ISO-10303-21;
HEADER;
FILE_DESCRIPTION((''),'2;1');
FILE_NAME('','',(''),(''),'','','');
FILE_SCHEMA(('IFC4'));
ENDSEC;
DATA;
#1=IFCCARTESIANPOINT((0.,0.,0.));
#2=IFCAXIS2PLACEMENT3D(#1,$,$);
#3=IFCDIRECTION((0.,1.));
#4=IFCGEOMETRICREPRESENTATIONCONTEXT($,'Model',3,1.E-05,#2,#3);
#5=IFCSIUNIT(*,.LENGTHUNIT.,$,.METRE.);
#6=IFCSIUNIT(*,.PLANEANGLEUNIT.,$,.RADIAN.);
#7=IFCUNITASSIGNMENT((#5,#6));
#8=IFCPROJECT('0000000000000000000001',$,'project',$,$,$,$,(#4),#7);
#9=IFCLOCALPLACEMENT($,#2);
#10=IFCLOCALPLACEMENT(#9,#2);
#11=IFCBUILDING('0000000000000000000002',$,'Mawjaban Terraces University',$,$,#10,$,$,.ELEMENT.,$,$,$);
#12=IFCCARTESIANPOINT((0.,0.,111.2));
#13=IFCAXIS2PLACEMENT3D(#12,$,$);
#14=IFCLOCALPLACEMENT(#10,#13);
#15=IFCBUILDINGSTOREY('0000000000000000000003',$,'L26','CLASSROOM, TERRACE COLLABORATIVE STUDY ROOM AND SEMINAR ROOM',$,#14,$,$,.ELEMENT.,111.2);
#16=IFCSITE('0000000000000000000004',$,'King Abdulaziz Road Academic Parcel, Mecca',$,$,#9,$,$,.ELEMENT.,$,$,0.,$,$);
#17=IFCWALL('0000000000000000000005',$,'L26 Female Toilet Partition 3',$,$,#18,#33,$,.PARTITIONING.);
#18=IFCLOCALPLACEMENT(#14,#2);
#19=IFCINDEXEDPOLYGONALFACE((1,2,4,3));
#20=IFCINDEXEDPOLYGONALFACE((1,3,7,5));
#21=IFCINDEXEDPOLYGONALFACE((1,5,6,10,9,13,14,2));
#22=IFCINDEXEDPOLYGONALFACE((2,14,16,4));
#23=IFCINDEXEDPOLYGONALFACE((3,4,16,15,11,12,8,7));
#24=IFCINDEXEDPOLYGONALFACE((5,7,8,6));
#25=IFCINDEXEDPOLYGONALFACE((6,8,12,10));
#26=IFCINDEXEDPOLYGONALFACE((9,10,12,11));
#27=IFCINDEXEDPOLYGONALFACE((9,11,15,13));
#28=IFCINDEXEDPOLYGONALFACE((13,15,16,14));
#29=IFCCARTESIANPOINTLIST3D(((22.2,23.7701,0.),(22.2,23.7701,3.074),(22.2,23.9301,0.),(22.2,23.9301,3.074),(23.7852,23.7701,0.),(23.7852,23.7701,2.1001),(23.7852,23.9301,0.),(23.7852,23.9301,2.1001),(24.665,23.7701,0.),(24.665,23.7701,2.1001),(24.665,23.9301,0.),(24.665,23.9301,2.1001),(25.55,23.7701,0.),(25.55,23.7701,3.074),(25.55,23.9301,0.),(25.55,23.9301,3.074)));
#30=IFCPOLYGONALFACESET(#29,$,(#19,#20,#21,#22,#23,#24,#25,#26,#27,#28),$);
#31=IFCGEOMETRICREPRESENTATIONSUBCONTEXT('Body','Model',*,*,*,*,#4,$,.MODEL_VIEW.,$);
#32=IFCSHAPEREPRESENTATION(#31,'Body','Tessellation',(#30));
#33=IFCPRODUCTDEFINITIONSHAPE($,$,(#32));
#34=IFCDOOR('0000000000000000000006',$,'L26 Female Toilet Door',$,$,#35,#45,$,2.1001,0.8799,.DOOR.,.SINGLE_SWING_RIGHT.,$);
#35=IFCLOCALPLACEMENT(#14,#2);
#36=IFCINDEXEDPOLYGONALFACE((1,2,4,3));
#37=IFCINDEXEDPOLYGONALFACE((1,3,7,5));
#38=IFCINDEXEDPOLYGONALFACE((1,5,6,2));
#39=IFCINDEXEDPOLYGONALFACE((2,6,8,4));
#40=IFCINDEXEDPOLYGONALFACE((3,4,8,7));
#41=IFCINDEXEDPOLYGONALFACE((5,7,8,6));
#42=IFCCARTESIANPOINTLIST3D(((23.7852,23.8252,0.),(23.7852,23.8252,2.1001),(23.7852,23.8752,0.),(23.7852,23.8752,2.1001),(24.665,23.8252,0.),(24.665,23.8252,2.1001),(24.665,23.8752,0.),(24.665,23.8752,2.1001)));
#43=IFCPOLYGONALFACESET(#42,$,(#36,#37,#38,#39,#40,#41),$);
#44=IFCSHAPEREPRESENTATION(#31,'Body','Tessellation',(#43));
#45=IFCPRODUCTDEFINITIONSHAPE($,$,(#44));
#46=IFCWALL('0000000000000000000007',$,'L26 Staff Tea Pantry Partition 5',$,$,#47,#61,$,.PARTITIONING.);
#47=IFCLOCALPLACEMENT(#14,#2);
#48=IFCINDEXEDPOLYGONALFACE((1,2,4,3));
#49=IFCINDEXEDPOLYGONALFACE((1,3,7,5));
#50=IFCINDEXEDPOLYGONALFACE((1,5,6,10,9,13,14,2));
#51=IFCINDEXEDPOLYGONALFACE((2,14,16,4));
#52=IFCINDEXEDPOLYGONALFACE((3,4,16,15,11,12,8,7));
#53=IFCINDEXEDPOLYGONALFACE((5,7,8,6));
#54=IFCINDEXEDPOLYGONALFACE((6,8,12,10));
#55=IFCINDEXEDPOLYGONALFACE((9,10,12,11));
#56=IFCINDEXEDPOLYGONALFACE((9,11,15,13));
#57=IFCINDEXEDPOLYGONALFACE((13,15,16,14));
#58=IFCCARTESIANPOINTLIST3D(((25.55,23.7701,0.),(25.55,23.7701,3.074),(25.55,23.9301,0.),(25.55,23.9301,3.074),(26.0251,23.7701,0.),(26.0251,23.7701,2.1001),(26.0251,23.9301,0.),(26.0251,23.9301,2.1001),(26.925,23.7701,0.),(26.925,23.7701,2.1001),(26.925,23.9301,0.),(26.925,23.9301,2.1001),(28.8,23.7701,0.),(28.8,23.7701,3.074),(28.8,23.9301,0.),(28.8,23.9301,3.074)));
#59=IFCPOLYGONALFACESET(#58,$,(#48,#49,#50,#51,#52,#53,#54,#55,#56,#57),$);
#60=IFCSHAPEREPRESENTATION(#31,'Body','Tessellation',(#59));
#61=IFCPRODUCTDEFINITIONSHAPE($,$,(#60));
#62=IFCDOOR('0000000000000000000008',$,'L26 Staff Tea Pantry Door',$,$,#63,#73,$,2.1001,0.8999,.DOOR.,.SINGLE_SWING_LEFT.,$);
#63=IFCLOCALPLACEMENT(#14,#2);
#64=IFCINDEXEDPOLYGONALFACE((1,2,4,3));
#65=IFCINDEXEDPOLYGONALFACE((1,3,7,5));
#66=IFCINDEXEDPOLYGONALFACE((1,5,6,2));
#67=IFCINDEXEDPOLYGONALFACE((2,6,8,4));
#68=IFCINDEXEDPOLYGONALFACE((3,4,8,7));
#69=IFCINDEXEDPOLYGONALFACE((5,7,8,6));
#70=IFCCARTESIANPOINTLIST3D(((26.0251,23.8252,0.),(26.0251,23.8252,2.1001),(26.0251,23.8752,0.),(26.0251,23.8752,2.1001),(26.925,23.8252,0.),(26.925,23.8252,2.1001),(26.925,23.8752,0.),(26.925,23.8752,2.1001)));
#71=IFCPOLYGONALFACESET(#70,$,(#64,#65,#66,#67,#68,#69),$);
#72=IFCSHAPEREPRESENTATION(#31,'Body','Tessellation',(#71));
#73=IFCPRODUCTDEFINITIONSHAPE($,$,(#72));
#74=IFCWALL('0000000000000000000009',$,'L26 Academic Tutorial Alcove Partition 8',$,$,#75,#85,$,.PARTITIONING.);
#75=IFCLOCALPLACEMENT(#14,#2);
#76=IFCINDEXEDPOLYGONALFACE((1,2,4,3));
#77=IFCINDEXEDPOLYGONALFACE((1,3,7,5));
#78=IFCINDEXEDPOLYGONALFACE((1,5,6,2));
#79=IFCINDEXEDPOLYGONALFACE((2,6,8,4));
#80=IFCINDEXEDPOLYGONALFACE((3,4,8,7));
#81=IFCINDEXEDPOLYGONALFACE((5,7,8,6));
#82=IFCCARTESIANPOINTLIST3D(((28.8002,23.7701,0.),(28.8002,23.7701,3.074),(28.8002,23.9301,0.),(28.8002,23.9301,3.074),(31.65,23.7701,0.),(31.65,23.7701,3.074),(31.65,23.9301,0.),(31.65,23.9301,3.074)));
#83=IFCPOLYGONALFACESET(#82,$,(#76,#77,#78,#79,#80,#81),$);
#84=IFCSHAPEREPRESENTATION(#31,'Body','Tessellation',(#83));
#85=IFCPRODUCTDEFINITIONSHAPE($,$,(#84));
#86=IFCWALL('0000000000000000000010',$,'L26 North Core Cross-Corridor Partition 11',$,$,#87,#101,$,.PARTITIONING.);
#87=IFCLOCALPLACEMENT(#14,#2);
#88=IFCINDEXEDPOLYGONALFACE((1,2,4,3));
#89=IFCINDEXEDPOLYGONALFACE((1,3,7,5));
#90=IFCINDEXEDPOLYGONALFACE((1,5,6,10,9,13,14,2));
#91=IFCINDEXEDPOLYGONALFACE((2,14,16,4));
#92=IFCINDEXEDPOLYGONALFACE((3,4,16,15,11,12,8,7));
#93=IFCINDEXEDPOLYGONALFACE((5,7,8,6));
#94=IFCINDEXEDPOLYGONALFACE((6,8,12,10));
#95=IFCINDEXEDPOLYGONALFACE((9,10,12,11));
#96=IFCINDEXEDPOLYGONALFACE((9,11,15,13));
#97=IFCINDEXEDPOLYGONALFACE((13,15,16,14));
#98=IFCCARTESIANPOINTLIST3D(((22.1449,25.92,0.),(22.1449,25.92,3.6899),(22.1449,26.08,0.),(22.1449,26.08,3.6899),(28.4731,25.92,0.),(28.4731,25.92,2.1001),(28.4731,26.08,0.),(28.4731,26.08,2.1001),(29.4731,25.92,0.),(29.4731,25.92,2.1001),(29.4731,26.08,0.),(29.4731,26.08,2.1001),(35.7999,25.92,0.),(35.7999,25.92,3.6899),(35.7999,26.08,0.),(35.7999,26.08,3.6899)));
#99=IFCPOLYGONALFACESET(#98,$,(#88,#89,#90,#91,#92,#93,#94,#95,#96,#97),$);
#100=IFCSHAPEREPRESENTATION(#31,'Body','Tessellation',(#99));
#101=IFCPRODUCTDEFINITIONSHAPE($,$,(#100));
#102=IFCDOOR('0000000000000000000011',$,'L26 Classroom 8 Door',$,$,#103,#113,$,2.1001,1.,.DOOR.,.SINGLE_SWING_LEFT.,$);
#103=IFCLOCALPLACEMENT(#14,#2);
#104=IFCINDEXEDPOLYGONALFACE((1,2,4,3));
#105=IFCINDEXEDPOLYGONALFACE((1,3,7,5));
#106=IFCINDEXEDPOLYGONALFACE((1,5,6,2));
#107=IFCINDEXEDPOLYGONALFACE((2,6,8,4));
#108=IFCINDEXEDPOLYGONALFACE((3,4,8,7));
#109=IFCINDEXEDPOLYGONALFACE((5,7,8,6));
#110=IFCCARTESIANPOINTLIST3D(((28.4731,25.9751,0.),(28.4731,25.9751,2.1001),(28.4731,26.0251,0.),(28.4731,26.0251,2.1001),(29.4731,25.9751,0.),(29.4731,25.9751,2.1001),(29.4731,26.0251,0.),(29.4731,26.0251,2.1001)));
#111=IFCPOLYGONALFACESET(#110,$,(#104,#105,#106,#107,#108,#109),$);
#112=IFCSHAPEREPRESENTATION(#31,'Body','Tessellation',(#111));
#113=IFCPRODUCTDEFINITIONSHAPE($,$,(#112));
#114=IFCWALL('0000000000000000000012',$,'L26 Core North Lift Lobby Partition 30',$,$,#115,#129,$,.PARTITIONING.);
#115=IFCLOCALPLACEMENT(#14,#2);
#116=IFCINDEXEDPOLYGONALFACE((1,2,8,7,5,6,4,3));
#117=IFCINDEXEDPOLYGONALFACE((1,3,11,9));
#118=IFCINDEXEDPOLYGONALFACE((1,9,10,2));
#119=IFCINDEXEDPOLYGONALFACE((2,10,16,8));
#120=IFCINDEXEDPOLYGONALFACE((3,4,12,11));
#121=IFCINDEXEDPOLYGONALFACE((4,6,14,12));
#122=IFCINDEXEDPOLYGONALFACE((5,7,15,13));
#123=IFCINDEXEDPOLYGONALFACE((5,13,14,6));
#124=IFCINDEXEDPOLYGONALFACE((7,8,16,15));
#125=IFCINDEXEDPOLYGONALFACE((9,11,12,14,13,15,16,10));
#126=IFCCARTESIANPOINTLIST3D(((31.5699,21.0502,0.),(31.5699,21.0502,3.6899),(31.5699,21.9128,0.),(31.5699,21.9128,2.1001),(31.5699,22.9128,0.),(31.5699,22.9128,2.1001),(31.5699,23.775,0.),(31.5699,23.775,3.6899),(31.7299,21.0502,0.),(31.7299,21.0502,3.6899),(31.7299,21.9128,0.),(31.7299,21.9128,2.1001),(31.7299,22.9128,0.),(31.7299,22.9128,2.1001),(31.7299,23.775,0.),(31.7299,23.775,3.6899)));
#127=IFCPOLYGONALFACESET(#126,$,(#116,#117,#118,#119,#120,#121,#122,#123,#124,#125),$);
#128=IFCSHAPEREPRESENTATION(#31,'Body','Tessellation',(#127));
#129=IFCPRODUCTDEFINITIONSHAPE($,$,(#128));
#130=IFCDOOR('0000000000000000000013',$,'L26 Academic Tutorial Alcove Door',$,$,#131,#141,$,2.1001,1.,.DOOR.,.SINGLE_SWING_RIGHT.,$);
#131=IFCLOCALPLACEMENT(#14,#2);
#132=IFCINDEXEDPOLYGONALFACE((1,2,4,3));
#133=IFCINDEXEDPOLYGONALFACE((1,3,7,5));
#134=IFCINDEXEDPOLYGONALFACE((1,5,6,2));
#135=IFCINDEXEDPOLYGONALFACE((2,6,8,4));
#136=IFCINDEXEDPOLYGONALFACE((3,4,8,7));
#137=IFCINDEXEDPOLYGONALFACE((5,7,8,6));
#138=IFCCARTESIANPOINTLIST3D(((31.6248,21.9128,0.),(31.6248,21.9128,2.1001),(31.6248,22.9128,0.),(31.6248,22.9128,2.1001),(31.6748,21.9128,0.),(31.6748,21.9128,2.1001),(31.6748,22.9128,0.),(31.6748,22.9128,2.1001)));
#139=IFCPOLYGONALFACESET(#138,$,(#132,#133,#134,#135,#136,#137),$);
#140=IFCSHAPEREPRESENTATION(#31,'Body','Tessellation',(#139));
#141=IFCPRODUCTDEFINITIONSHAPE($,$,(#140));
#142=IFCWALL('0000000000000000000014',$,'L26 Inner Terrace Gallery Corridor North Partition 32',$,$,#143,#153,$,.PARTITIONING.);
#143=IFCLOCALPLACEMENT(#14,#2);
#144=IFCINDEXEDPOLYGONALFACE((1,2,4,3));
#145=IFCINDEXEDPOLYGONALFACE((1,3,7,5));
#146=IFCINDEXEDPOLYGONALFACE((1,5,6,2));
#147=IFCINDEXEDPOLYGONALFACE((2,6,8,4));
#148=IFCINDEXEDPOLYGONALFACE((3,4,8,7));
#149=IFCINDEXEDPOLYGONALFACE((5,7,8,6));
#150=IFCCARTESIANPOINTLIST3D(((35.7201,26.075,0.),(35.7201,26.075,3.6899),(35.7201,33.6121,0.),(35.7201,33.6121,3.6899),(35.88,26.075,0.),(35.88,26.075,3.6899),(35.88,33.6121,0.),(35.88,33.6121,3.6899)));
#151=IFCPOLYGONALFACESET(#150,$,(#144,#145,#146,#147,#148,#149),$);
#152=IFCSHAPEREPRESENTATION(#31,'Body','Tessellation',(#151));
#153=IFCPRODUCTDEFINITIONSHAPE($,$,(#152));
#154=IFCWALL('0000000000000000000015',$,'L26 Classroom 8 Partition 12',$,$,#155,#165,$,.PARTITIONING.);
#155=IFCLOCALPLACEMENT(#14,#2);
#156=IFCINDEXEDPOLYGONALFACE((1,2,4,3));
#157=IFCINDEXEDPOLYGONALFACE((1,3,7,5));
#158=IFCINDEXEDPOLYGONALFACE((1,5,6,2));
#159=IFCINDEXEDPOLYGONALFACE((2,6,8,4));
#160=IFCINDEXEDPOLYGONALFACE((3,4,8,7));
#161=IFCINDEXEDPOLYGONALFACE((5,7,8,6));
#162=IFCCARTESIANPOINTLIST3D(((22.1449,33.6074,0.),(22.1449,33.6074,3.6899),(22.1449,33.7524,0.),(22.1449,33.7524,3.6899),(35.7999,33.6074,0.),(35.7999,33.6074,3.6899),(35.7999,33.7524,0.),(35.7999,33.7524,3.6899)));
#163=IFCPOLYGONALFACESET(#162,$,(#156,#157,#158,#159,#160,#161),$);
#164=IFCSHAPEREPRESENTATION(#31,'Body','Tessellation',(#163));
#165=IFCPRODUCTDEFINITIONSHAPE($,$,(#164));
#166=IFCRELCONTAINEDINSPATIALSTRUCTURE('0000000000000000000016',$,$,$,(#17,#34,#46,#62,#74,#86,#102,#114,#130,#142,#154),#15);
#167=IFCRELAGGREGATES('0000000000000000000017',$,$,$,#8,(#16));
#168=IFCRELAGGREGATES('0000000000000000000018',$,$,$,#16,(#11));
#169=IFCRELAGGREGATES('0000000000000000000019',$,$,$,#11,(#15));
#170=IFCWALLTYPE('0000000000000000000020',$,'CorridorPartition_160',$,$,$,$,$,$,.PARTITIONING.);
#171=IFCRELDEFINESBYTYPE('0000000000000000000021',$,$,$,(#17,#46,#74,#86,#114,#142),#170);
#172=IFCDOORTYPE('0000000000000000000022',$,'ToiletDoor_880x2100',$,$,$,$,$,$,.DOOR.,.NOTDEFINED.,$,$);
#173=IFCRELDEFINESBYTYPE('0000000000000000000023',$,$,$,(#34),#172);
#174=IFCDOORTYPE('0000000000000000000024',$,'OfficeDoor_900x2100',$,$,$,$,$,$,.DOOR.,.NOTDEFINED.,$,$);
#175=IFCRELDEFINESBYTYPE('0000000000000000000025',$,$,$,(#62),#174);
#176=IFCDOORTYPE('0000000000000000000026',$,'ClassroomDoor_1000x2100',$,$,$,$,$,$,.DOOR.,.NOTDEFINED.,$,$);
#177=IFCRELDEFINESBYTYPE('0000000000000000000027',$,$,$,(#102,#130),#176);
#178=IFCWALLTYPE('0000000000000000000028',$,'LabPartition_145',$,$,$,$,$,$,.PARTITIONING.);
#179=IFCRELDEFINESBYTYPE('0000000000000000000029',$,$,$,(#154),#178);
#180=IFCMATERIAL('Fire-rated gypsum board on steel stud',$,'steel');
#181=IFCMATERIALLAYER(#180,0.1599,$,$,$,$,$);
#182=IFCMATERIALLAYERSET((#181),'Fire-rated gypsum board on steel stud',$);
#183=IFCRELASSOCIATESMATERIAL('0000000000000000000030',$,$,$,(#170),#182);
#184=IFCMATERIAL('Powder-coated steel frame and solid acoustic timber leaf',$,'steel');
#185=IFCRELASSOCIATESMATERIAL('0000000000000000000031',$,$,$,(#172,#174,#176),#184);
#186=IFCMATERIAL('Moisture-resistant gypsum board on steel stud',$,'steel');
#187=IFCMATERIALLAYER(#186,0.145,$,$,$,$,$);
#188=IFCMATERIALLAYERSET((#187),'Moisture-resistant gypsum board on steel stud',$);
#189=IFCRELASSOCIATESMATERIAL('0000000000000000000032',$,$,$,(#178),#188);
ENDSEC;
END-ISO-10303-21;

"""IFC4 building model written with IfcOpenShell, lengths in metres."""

from ifc_helpers import new_model, si_unit, direction, frame, frame_2d, origin, place, context, subcontext, project, spatial, rectangle, extrude, material, layer, layer_set, type_object, element, fill, save


model = new_model("IFC4")

# Units and contexts
model_context = context("Model", 3, precision=1e-05, world=origin(), true_north=direction((0.0, 1.0)))
body_context = subcontext(model_context, "Body", "Model", "MODEL_VIEW")
ifc_project = project(units=[si_unit("LENGTHUNIT", "METRE"), si_unit("PLANEANGLEUNIT", "RADIAN")], contexts=[model_context])

# Site, building, storey
site_placement = place(None, origin())
site = spatial("IfcSite", under=ifc_project, at=site_placement, Name="King Abdulaziz Road Academic Parcel, Mecca", CompositionType="ELEMENT", RefElevation=0.0)
building_placement = place(site_placement, origin())
building = spatial("IfcBuilding", under=site, at=building_placement, Name="Mawjaban Terraces University", CompositionType="ELEMENT")
storey_placement = place(building_placement, frame((0.0, 0.0, 111.2)))
storey = spatial("IfcBuildingStorey", under=building, at=storey_placement, Name="L26", Description="CLASSROOM, TERRACE COLLABORATIVE STUDY ROOM AND SEMINAR ROOM", CompositionType="ELEMENT", Elevation=111.2)

# Walls, openings, doors
ifc_material_1 = material(Name="Fire-rated gypsum board on steel stud", Category="steel")
ifc_layer_1 = layer(ifc_material_1, 0.1599)
ifc_layer_set_1 = layer_set([ifc_layer_1], Name="Fire-rated gypsum board on steel stud")
wall_type_1 = type_object("IfcWallType", Name="CorridorPartition_160", PredefinedType="PARTITIONING", material=ifc_layer_set_1)
wall_1_placement = place(storey_placement, frame((25.55, 23.8501, 0.0), z_axis=(0.0, 0.0, 1.0), x_axis=(-1.0, 0.0, 0.0)))
wall_1 = element("IfcWall", 1, at=wall_1_placement, inside=storey, type_object=wall_type_1, Name="L26 Female Toilet Partition 3", PredefinedType="PARTITIONING", context=body_context, shape_type="SweptSolid", body=[
    extrude(rectangle(XDim=3.3501, YDim=0.1599, at=frame_2d((1.675, 0.0))), origin(), (0.0, 0.0, 1.0), 3.074),
])
opening_1_placement = place(wall_1_placement, frame((0.885, 0.0, 0.0)))
opening_1 = element("IfcOpeningElement", 2, at=opening_1_placement, cuts=wall_1, PredefinedType="OPENING", context=body_context, shape_type="SweptSolid", body=[
    extrude(rectangle(XDim=0.8799, YDim=2.1001, at=frame_2d((0.4399, 1.05))), frame((0.0, 0.0898, 0.0), z_axis=(0.0, -1.0, 0.0), x_axis=(1.0, 0.0, 0.0)), (0.0, 0.0, 1.0), 0.1799),
])
ifc_material_2 = material(Name="Powder-coated steel frame and solid acoustic timber leaf", Category="steel")
door_type_1 = type_object("IfcDoorType", Name="ToiletDoor_880x2100", OperationType="NOTDEFINED", PredefinedType="DOOR", material=ifc_material_2)
door_1_placement = place(opening_1_placement, origin())
door_1 = element("IfcDoor", 3, at=door_1_placement, inside=storey, type_object=door_type_1, Name="L26 Female Toilet Door", OperationType="SINGLE_SWING_RIGHT", OverallHeight=2.1001, OverallWidth=0.8799, PredefinedType="DOOR", context=body_context, shape_type="SweptSolid", body=[
    extrude(rectangle(XDim=0.8799, YDim=2.1001, at=frame_2d((0.4399, 1.05))), frame((0.0, 0.0249, 0.0), z_axis=(0.0, -1.0, 0.0), x_axis=(1.0, 0.0, 0.0)), (0.0, 0.0, 1.0), 0.05),
])
fill(opening_1, door_1)
wall_2_placement = place(storey_placement, frame((28.8, 23.8501, 0.0), z_axis=(0.0, 0.0, 1.0), x_axis=(-1.0, 0.0, 0.0)))
wall_2 = element("IfcWall", 4, at=wall_2_placement, inside=storey, type_object=wall_type_1, Name="L26 Staff Tea Pantry Partition 5", PredefinedType="PARTITIONING", context=body_context, shape_type="SweptSolid", body=[
    extrude(rectangle(XDim=3.25, YDim=0.1599, at=frame_2d((1.625, 0.0))), origin(), (0.0, 0.0, 1.0), 3.074),
])
opening_2_placement = place(wall_2_placement, frame((1.875, 0.0, 0.0)))
opening_2 = element("IfcOpeningElement", 5, at=opening_2_placement, cuts=wall_2, PredefinedType="OPENING", context=body_context, shape_type="SweptSolid", body=[
    extrude(rectangle(XDim=0.8999, YDim=2.1001, at=frame_2d((0.45, 1.05))), frame((0.0, 0.0898, 0.0), z_axis=(0.0, -1.0, 0.0), x_axis=(1.0, 0.0, 0.0)), (0.0, 0.0, 1.0), 0.1799),
])
door_type_2 = type_object("IfcDoorType", Name="OfficeDoor_900x2100", OperationType="NOTDEFINED", PredefinedType="DOOR", material=ifc_material_2)
door_2_placement = place(opening_2_placement, origin())
door_2 = element("IfcDoor", 6, at=door_2_placement, inside=storey, type_object=door_type_2, Name="L26 Staff Tea Pantry Door", OperationType="SINGLE_SWING_LEFT", OverallHeight=2.1001, OverallWidth=0.8999, PredefinedType="DOOR", context=body_context, shape_type="SweptSolid", body=[
    extrude(rectangle(XDim=0.8999, YDim=2.1001, at=frame_2d((0.45, 1.05))), frame((0.0, 0.0249, 0.0), z_axis=(0.0, -1.0, 0.0), x_axis=(1.0, 0.0, 0.0)), (0.0, 0.0, 1.0), 0.05),
])
fill(opening_2, door_2)

# Wall
wall_3_placement = place(storey_placement, frame((31.6499, 23.8501, 0.0), z_axis=(0.0, 0.0, 1.0), x_axis=(-1.0, 0.0, 0.0)))
element("IfcWall", 7, at=wall_3_placement, inside=storey, type_object=wall_type_1, Name="L26 Academic Tutorial Alcove Partition 8", PredefinedType="PARTITIONING", context=body_context, shape_type="SweptSolid", body=[
    extrude(rectangle(XDim=2.8499, YDim=0.1599, at=frame_2d((1.4248, 0.0))), origin(), (0.0, 0.0, 1.0), 3.074),
])

# Walls, openings, doors
wall_4_placement = place(storey_placement, frame((35.8, 26.0, 0.0), z_axis=(0.0, 0.0, 1.0), x_axis=(-1.0, 0.0, 0.0)))
wall_4 = element("IfcWall", 8, at=wall_4_placement, inside=storey, type_object=wall_type_1, Name="L26 North Core Cross-Corridor Partition 11", PredefinedType="PARTITIONING", context=body_context, shape_type="SweptSolid", body=[
    extrude(rectangle(XDim=13.655, YDim=0.1599, at=frame_2d((6.8276, 0.0))), origin(), (0.0, 0.0, 1.0), 3.6899),
])
opening_3_placement = place(wall_4_placement, frame((6.3269, 0.0, 0.0)))
opening_3 = element("IfcOpeningElement", 9, at=opening_3_placement, cuts=wall_4, PredefinedType="OPENING", context=body_context, shape_type="SweptSolid", body=[
    extrude(rectangle(XDim=1.0, YDim=2.1001, at=frame_2d((0.5, 1.05))), frame((0.0, 0.0898, 0.0), z_axis=(0.0, -1.0, 0.0), x_axis=(1.0, 0.0, 0.0)), (0.0, 0.0, 1.0), 0.1799),
])
door_type_3 = type_object("IfcDoorType", Name="ClassroomDoor_1000x2100", OperationType="NOTDEFINED", PredefinedType="DOOR", material=ifc_material_2)
door_3_placement = place(opening_3_placement, origin())
door_3 = element("IfcDoor", 10, at=door_3_placement, inside=storey, type_object=door_type_3, Name="L26 Classroom 8 Door", OperationType="SINGLE_SWING_LEFT", OverallHeight=2.1001, OverallWidth=1.0, PredefinedType="DOOR", context=body_context, shape_type="SweptSolid", body=[
    extrude(rectangle(XDim=1.0, YDim=2.1001, at=frame_2d((0.5, 1.05))), frame((0.0, 0.0249, 0.0), z_axis=(0.0, -1.0, 0.0), x_axis=(1.0, 0.0, 0.0)), (0.0, 0.0, 1.0), 0.05),
])
fill(opening_3, door_3)
wall_5_placement = place(storey_placement, frame((31.6499, 23.7749, 0.0), z_axis=(0.0, 0.0, 1.0), x_axis=(0.0, -1.0, 0.0)))
wall_5 = element("IfcWall", 11, at=wall_5_placement, inside=storey, type_object=wall_type_1, Name="L26 Core North Lift Lobby Partition 30", PredefinedType="PARTITIONING", context=body_context, shape_type="SweptSolid", body=[
    extrude(rectangle(XDim=2.7249, YDim=0.1599, at=frame_2d((1.3623, 0.0))), origin(), (0.0, 0.0, 1.0), 3.6899),
])
opening_4_placement = place(wall_5_placement, frame((0.8621, 0.0, 0.0)))
opening_4 = element("IfcOpeningElement", 12, at=opening_4_placement, cuts=wall_5, PredefinedType="OPENING", context=body_context, shape_type="SweptSolid", body=[
    extrude(rectangle(XDim=1.0, YDim=2.1001, at=frame_2d((0.5, 1.05))), frame((0.0, 0.0898, 0.0), z_axis=(0.0, -1.0, 0.0), x_axis=(1.0, 0.0, 0.0)), (0.0, 0.0, 1.0), 0.1799),
])
door_4_placement = place(opening_4_placement, origin())
door_4 = element("IfcDoor", 13, at=door_4_placement, inside=storey, type_object=door_type_3, Name="L26 Academic Tutorial Alcove Door", OperationType="SINGLE_SWING_RIGHT", OverallHeight=2.1001, OverallWidth=1.0, PredefinedType="DOOR", context=body_context, shape_type="SweptSolid", body=[
    extrude(rectangle(XDim=1.0, YDim=2.1001, at=frame_2d((0.5, 1.05))), frame((0.0, 0.0249, 0.0), z_axis=(0.0, -1.0, 0.0), x_axis=(1.0, 0.0, 0.0)), (0.0, 0.0, 1.0), 0.05),
])
fill(opening_4, door_4)

# Walls
wall_6_placement = place(storey_placement, frame((35.8, 33.6121, 0.0), z_axis=(0.0, 0.0, 1.0), x_axis=(0.0, -1.0, 0.0)))
element("IfcWall", 14, at=wall_6_placement, inside=storey, type_object=wall_type_1, Name="L26 Inner Terrace Gallery Corridor North Partition 32", PredefinedType="PARTITIONING", context=body_context, shape_type="SweptSolid", body=[
    extrude(rectangle(XDim=7.5371, YDim=0.1599, at=frame_2d((3.7686, 0.0))), origin(), (0.0, 0.0, 1.0), 3.6899),
])
ifc_material_3 = material(Name="Moisture-resistant gypsum board on steel stud", Category="steel")
ifc_layer_2 = layer(ifc_material_3, 0.145)
ifc_layer_set_2 = layer_set([ifc_layer_2], Name="Moisture-resistant gypsum board on steel stud")
wall_type_2 = type_object("IfcWallType", Name="LabPartition_145", PredefinedType="PARTITIONING", material=ifc_layer_set_2)
wall_7_placement = place(storey_placement, frame((35.8, 33.6799, 0.0), z_axis=(0.0, 0.0, 1.0), x_axis=(-1.0, 0.0, 0.0)))
element("IfcWall", 15, at=wall_7_placement, inside=storey, type_object=wall_type_2, Name="L26 Classroom 8 Partition 12", PredefinedType="PARTITIONING", context=body_context, shape_type="SweptSolid", body=[
    extrude(rectangle(XDim=13.655, YDim=0.145, at=frame_2d((6.8276, 0.0))), origin(), (0.0, 0.0, 1.0), 3.6899),
])

save(model, "model.ifc")
